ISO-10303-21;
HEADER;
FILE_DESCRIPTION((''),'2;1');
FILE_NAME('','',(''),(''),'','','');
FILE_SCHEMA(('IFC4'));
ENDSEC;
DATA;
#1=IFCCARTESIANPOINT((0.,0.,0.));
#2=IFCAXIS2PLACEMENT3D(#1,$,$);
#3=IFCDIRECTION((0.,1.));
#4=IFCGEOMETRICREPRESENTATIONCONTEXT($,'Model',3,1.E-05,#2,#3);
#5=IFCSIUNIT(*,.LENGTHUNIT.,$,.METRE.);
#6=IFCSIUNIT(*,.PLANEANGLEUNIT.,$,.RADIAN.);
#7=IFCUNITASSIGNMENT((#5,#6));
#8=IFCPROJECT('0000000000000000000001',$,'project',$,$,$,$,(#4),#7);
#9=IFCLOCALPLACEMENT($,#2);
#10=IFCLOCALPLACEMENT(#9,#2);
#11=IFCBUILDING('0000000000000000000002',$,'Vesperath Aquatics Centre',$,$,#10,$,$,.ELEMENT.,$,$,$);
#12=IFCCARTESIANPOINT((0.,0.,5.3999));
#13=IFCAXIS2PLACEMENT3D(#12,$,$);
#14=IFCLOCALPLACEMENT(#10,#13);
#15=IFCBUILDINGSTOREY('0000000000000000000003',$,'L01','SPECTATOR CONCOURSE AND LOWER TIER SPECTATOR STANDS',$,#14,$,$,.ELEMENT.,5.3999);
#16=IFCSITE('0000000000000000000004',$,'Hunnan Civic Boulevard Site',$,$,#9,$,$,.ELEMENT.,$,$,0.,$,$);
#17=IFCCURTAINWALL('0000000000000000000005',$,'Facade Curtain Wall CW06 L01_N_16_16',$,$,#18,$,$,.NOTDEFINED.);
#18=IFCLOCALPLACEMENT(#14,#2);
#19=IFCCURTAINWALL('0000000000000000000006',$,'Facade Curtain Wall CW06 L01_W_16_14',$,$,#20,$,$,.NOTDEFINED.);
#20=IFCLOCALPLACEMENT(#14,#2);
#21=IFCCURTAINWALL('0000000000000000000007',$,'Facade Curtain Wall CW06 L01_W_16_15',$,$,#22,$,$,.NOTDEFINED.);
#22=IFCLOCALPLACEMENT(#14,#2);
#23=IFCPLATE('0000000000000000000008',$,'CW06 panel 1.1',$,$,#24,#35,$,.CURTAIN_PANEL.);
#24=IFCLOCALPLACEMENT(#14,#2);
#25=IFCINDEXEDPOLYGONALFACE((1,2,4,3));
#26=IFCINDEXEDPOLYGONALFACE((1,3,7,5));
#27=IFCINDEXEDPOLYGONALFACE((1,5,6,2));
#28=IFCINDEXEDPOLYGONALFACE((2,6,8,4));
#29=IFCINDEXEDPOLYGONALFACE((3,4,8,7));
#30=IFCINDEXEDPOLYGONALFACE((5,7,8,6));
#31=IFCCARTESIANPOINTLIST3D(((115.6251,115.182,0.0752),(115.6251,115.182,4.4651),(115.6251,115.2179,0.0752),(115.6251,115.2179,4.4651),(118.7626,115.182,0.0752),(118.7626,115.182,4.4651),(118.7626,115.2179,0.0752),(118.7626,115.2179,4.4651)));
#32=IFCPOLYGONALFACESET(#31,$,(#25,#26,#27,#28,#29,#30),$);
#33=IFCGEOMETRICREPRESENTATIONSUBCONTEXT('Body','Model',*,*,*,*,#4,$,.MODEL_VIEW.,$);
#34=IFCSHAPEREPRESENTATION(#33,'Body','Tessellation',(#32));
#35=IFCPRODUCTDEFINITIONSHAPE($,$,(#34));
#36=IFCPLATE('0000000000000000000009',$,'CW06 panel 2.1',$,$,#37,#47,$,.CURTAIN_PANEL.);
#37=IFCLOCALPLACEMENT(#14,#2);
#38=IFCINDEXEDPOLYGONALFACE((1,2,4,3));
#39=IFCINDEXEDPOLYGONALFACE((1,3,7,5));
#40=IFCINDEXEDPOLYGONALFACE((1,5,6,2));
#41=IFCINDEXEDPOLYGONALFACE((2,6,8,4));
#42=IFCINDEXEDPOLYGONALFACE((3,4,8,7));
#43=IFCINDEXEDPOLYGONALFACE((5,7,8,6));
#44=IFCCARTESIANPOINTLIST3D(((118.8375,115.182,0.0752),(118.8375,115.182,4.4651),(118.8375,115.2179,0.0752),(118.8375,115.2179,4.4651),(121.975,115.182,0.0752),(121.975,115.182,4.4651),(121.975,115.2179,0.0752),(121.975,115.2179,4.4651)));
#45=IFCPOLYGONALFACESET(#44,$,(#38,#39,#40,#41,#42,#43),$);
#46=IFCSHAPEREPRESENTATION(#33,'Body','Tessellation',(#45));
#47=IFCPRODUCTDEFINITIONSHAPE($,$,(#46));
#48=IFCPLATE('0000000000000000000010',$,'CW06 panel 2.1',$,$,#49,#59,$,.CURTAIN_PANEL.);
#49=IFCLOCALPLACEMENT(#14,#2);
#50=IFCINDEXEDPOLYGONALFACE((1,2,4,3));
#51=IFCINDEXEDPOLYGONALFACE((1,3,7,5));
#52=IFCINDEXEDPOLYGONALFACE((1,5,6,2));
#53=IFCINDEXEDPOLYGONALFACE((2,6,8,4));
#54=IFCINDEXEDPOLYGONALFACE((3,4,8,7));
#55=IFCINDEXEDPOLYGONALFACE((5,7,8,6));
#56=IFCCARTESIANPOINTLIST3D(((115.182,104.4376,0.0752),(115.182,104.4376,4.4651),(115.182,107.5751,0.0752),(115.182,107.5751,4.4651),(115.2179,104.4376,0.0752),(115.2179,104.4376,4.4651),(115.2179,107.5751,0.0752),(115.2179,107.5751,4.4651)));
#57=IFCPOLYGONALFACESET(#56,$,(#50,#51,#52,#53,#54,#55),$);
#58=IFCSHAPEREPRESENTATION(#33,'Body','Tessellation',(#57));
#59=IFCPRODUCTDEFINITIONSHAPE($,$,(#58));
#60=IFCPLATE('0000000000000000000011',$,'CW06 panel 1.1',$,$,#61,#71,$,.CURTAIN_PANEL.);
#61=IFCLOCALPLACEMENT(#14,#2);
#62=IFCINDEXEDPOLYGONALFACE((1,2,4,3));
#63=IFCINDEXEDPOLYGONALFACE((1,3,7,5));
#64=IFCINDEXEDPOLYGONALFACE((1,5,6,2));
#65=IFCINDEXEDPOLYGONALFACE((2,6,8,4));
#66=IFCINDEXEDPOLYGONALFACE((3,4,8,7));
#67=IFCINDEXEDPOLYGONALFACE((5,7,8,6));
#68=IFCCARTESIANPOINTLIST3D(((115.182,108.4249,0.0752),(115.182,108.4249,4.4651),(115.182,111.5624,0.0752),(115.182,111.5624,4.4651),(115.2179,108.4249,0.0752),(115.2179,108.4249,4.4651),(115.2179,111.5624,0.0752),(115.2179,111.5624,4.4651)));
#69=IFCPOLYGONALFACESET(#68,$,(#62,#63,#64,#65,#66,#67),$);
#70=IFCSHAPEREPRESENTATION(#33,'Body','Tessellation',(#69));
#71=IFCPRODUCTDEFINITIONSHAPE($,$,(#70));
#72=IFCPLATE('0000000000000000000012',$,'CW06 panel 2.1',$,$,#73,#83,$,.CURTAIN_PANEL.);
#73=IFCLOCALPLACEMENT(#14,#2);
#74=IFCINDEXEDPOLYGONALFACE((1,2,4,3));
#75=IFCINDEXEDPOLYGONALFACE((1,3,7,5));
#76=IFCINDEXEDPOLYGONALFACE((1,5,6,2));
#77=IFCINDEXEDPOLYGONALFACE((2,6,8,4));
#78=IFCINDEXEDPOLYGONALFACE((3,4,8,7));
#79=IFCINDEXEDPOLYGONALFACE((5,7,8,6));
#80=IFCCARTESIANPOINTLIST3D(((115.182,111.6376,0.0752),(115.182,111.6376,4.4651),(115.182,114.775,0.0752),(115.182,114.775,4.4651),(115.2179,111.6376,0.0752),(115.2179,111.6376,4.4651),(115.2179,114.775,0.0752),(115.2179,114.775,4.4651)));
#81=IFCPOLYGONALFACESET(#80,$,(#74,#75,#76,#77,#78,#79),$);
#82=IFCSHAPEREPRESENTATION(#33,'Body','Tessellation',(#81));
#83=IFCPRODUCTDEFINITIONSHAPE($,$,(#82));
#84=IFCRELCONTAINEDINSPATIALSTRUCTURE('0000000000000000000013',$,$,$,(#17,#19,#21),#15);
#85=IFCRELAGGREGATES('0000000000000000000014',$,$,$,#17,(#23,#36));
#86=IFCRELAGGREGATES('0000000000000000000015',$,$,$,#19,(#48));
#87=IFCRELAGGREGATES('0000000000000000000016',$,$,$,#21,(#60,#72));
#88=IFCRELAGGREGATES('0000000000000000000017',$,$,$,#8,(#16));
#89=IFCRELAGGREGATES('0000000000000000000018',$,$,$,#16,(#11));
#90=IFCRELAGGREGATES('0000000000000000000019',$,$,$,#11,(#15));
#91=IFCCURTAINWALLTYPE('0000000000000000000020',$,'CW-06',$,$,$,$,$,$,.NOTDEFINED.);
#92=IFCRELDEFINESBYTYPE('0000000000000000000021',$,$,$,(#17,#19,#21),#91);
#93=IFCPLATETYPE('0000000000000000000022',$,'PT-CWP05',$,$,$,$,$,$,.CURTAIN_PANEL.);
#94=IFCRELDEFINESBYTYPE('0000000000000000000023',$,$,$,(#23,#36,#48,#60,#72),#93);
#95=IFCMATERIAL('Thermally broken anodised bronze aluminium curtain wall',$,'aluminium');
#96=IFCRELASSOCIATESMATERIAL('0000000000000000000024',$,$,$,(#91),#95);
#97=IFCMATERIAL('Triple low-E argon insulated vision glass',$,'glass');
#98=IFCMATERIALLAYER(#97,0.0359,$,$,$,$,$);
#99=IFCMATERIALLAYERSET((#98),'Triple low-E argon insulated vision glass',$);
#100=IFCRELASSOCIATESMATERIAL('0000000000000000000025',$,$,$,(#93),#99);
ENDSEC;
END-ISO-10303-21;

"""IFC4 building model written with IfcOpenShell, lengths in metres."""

from ifc_helpers import new_model, si_unit, direction, frame, origin, origin_2d, place, context, subcontext, project, spatial, rectangle, extrude, material, layer, layer_set, type_object, element, aggregate, save


model = new_model("IFC4")

# Units and contexts
model_context = context("Model", 3, precision=1e-05, world=origin(), true_north=direction((0.0, 1.0)))
body_context = subcontext(model_context, "Body", "Model", "MODEL_VIEW")
ifc_project = project(units=[si_unit("LENGTHUNIT", "METRE"), si_unit("PLANEANGLEUNIT", "RADIAN")], contexts=[model_context])

# Site, building, storey
site_placement = place(None, origin())
site = spatial("IfcSite", under=ifc_project, at=site_placement, Name="Hunnan Civic Boulevard Site", CompositionType="ELEMENT", RefElevation=0.0)
building_placement = place(site_placement, origin())
building = spatial("IfcBuilding", under=site, at=building_placement, Name="Vesperath Aquatics Centre", CompositionType="ELEMENT")
storey_placement = place(building_placement, frame((0.0, 0.0, 5.3999)))
storey = spatial("IfcBuildingStorey", under=building, at=storey_placement, Name="L01", Description="SPECTATOR CONCOURSE AND LOWER TIER SPECTATOR STANDS", CompositionType="ELEMENT", Elevation=5.3999)

# Curtain wall
ifc_material_1 = material(Name="Thermally broken anodised bronze aluminium curtain wall", Category="aluminium")
curtain_wall_type = type_object("IfcCurtainWallType", Name="CW-06", PredefinedType="NOTDEFINED", material=ifc_material_1)
curtain_wall_1_placement = place(storey_placement, origin())
curtain_wall_1 = element("IfcCurtainWall", 1, at=curtain_wall_1_placement, inside=storey, type_object=curtain_wall_type, Name="Facade Curtain Wall CW06 L01_N_16_16", PredefinedType="NOTDEFINED")

# Curtain wall
curtain_wall_2_placement = place(storey_placement, origin())
curtain_wall_2 = element("IfcCurtainWall", 2, at=curtain_wall_2_placement, inside=storey, type_object=curtain_wall_type, Name="Facade Curtain Wall CW06 L01_W_16_14", PredefinedType="NOTDEFINED")

# Curtain wall
curtain_wall_3_placement = place(storey_placement, origin())
curtain_wall_3 = element("IfcCurtainWall", 3, at=curtain_wall_3_placement, inside=storey, type_object=curtain_wall_type, Name="Facade Curtain Wall CW06 L01_W_16_15", PredefinedType="NOTDEFINED")

# Plates
ifc_material_2 = material(Name="Triple low-E argon insulated vision glass", Category="glass")
ifc_layer = layer(ifc_material_2, 0.0359)
ifc_layer_set = layer_set([ifc_layer], Name="Triple low-E argon insulated vision glass")
plate_type = type_object("IfcPlateType", Name="PT-CWP05", PredefinedType="CURTAIN_PANEL", material=ifc_layer_set)
plate_1_placement = place(storey_placement, frame((117.1938, 115.2, 0.0752), z_axis=(0.0, 0.0, 1.0), x_axis=(1.0, 0.0, 0.0)))
plate_1 = element("IfcPlate", 4, at=plate_1_placement, type_object=plate_type, Name="CW06 panel 1.1", PredefinedType="CURTAIN_PANEL", context=body_context, shape_type="SweptSolid", body=[
    extrude(rectangle(XDim=3.1375, YDim=0.0359, at=origin_2d()), origin(), (0.0, 0.0, 1.0), 4.3899),
])
plate_2_placement = place(storey_placement, frame((120.4062, 115.2, 0.0752), z_axis=(0.0, 0.0, 1.0), x_axis=(1.0, 0.0, 0.0)))
plate_2 = element("IfcPlate", 5, at=plate_2_placement, type_object=plate_type, Name="CW06 panel 2.1", PredefinedType="CURTAIN_PANEL", context=body_context, shape_type="SweptSolid", body=[
    extrude(rectangle(XDim=3.1375, YDim=0.0359, at=origin_2d()), origin(), (0.0, 0.0, 1.0), 4.3899),
])
aggregate(curtain_wall_1, [plate_1, plate_2])
plate_3_placement = place(storey_placement, frame((115.2, 106.0063, 0.0752), z_axis=(0.0, 0.0, 1.0), x_axis=(0.0, 1.0, 0.0)))
plate_3 = element("IfcPlate", 6, at=plate_3_placement, type_object=plate_type, Name="CW06 panel 2.1", PredefinedType="CURTAIN_PANEL", context=body_context, shape_type="SweptSolid", body=[
    extrude(rectangle(XDim=3.1375, YDim=0.0359, at=origin_2d()), origin(), (0.0, 0.0, 1.0), 4.3899),
])
aggregate(curtain_wall_2, [plate_3])
plate_4_placement = place(storey_placement, frame((115.2, 109.9937, 0.0752), z_axis=(0.0, 0.0, 1.0), x_axis=(0.0, 1.0, 0.0)))
plate_4 = element("IfcPlate", 7, at=plate_4_placement, type_object=plate_type, Name="CW06 panel 1.1", PredefinedType="CURTAIN_PANEL", context=body_context, shape_type="SweptSolid", body=[
    extrude(rectangle(XDim=3.1375, YDim=0.0359, at=origin_2d()), origin(), (0.0, 0.0, 1.0), 4.3899),
])
plate_5_placement = place(storey_placement, frame((115.2, 113.2063, 0.0752), z_axis=(0.0, 0.0, 1.0), x_axis=(0.0, 1.0, 0.0)))
plate_5 = element("IfcPlate", 8, at=plate_5_placement, type_object=plate_type, Name="CW06 panel 2.1", PredefinedType="CURTAIN_PANEL", context=body_context, shape_type="SweptSolid", body=[
    extrude(rectangle(XDim=3.1375, YDim=0.0359, at=origin_2d()), origin(), (0.0, 0.0, 1.0), 4.3899),
])
aggregate(curtain_wall_3, [plate_4, plate_5])

save(model, "model.ifc")
